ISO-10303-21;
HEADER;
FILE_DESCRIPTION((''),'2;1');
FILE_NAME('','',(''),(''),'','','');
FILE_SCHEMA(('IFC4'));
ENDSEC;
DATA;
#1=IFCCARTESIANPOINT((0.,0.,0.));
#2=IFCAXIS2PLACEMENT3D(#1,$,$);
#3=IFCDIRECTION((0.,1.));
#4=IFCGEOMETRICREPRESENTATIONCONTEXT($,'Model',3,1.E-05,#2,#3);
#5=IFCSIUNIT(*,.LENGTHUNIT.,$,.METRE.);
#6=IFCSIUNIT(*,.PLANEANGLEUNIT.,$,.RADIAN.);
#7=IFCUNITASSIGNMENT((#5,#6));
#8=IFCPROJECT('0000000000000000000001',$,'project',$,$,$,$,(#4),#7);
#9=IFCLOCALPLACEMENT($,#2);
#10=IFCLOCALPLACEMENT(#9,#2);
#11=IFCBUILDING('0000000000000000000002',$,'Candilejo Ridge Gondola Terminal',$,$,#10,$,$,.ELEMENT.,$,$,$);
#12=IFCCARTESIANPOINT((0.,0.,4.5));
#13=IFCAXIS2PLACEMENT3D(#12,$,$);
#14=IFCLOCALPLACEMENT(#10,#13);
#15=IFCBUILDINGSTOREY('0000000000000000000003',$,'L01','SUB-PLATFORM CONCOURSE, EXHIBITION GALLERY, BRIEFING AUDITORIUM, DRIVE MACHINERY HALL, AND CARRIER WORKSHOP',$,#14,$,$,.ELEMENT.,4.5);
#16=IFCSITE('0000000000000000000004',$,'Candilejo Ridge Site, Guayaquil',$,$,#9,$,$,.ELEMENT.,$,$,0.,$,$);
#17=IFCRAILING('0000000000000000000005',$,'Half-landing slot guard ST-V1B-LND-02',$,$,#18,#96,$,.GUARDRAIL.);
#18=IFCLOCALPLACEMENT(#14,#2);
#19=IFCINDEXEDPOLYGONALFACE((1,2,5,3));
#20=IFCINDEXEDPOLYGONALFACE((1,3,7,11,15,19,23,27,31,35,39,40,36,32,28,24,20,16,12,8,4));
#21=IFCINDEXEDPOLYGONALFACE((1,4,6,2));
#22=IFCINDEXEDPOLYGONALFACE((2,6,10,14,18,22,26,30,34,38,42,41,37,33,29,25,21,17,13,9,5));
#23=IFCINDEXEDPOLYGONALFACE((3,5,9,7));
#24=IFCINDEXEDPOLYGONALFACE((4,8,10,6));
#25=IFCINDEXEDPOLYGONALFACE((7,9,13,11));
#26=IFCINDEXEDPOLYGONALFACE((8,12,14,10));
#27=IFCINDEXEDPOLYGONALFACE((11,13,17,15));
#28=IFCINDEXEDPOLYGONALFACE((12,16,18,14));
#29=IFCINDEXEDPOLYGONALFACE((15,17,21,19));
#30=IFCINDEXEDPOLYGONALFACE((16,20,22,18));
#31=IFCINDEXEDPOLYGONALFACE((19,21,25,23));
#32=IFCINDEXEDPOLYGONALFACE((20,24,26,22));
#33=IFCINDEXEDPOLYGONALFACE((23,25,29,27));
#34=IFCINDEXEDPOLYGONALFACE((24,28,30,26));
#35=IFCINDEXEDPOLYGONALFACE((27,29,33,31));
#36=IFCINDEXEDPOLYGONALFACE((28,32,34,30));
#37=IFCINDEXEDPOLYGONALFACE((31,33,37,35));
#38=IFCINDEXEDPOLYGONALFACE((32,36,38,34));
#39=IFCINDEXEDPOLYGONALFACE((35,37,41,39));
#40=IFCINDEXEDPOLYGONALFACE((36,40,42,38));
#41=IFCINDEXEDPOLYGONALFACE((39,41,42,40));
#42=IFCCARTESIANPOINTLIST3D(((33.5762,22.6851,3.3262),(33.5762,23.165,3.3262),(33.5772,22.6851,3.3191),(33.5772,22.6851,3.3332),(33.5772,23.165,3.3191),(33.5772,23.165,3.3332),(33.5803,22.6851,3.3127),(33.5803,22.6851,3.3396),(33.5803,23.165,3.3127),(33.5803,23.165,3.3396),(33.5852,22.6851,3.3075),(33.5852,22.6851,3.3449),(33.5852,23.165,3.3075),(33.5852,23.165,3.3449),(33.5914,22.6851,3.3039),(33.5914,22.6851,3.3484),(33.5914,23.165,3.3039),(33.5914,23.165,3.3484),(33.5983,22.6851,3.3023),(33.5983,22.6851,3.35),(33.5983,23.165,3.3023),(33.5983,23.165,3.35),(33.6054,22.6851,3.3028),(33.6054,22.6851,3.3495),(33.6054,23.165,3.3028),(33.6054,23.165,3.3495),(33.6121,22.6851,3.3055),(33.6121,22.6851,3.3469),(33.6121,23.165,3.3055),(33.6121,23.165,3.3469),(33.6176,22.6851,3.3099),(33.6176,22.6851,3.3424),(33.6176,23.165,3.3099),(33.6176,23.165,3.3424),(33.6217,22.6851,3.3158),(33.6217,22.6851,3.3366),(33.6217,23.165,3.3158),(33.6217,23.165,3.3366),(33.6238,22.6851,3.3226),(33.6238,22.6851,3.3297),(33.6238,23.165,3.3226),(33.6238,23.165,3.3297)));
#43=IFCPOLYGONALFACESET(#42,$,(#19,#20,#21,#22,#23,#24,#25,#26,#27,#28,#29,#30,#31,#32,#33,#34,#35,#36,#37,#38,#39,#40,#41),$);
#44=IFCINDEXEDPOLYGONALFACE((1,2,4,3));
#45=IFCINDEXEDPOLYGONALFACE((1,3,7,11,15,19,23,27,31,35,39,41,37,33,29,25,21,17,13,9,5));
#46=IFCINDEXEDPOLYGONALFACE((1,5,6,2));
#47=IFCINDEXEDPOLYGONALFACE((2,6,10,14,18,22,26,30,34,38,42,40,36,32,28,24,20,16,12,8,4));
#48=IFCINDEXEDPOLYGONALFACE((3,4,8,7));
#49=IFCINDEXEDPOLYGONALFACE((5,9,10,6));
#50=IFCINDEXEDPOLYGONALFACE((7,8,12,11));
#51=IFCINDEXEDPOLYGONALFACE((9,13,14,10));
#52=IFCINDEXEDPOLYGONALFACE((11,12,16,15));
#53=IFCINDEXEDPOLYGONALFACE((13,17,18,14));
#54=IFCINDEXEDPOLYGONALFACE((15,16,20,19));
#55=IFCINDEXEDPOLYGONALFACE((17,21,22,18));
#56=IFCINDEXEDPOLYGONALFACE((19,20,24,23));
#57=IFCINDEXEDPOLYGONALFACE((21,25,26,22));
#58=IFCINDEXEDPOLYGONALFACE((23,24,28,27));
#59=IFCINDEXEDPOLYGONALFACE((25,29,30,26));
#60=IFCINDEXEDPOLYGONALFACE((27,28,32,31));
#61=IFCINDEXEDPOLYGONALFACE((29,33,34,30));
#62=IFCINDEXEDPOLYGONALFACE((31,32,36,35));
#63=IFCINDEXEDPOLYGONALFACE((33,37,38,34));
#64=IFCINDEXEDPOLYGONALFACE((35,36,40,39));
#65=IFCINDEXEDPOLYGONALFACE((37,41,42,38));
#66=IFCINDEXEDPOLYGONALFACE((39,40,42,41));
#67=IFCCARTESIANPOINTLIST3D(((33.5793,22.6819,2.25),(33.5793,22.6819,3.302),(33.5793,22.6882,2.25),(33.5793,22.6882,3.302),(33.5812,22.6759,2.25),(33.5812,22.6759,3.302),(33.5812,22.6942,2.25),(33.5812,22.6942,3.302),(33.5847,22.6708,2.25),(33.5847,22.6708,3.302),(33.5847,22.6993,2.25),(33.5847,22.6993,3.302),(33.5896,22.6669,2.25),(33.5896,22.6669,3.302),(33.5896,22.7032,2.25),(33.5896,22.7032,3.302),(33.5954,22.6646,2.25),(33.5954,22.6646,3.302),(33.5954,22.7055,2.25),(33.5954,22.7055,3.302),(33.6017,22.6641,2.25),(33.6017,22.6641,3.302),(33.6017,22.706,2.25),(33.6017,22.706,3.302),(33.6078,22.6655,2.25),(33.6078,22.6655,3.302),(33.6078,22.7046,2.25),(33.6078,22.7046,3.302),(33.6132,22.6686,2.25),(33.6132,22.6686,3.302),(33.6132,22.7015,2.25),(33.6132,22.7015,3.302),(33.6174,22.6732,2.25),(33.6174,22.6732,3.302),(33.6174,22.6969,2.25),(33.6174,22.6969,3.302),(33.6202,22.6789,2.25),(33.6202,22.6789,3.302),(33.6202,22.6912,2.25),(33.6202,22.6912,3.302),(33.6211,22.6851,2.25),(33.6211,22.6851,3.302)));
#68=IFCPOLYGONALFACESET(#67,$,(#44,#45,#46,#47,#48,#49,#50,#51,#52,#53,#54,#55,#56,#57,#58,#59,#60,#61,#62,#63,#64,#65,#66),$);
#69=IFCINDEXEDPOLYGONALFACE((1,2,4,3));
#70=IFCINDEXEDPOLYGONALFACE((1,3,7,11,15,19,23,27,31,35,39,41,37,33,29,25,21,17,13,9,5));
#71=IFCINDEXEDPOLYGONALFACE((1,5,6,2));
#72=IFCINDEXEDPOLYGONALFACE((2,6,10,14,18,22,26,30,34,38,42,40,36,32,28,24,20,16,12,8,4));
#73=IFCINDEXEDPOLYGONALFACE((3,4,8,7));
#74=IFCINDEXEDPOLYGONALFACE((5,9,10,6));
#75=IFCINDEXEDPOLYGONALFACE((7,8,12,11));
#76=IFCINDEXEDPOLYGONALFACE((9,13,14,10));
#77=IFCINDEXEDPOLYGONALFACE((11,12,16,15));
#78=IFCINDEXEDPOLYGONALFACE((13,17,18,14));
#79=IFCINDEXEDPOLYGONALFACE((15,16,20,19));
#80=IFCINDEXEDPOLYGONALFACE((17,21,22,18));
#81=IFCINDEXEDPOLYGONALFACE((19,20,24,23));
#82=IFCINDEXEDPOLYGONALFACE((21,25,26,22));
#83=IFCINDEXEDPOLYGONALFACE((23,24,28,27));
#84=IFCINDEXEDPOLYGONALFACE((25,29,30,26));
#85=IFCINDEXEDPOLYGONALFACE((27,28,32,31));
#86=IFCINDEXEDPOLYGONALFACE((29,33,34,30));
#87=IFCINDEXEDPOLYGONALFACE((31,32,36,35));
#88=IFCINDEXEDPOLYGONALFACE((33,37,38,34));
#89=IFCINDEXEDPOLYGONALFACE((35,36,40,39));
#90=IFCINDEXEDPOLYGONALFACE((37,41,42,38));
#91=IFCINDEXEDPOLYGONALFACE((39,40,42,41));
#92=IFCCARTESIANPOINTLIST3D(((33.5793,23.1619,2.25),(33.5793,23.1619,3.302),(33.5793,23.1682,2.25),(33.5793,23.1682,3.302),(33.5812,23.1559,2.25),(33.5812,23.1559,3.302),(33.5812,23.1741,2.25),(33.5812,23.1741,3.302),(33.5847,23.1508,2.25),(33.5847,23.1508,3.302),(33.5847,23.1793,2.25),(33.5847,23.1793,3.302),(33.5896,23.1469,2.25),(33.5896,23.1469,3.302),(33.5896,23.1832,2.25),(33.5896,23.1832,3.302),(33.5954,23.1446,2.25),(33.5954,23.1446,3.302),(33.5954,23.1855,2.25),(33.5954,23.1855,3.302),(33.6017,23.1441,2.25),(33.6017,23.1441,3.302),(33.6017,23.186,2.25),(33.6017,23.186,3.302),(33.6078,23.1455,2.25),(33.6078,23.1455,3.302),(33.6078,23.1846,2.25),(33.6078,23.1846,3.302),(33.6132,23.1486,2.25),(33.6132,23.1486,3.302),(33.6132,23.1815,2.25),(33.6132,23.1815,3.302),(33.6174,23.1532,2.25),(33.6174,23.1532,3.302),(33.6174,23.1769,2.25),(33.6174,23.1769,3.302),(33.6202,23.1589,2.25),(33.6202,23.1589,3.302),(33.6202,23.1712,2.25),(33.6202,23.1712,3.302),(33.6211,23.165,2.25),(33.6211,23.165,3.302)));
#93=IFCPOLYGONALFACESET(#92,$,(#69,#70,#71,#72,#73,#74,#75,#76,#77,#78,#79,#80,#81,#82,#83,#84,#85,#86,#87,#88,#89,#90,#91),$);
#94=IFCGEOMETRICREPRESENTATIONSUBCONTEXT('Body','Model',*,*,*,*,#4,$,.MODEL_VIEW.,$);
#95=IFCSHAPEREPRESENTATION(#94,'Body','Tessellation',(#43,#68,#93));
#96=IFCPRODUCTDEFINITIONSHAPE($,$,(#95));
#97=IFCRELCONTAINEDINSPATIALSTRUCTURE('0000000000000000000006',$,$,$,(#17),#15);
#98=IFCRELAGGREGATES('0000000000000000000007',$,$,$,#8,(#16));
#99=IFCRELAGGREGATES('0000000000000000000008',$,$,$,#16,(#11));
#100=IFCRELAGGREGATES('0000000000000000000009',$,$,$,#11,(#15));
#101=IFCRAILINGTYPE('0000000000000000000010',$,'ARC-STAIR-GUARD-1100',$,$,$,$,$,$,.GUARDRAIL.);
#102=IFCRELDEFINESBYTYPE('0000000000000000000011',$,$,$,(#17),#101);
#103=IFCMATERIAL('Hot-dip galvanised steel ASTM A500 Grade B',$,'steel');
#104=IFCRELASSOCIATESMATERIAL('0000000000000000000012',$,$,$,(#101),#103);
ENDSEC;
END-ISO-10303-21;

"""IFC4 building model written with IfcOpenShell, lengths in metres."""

from ifc_helpers import new_model, si_unit, direction, frame, origin, origin_2d, place, context, subcontext, project, spatial, circle, extrude, material, type_object, element, save


model = new_model("IFC4")

# Units and contexts
model_context = context("Model", 3, precision=1e-05, world=origin(), true_north=direction((0.0, 1.0)))
body_context = subcontext(model_context, "Body", "Model", "MODEL_VIEW")
ifc_project = project(units=[si_unit("LENGTHUNIT", "METRE"), si_unit("PLANEANGLEUNIT", "RADIAN")], contexts=[model_context])

# Site, building, storey
site_placement = place(None, origin())
site = spatial("IfcSite", under=ifc_project, at=site_placement, Name="Candilejo Ridge Site, Guayaquil", CompositionType="ELEMENT", RefElevation=0.0)
building_placement = place(site_placement, origin())
building = spatial("IfcBuilding", under=site, at=building_placement, Name="Candilejo Ridge Gondola Terminal", CompositionType="ELEMENT")
storey_placement = place(building_placement, frame((0.0, 0.0, 4.5)))
storey = spatial("IfcBuildingStorey", under=building, at=storey_placement, Name="L01", Description="SUB-PLATFORM CONCOURSE, EXHIBITION GALLERY, BRIEFING AUDITORIUM, DRIVE MACHINERY HALL, AND CARRIER WORKSHOP", CompositionType="ELEMENT", Elevation=4.5)

# Railing
ifc_material_1 = material(Name="Hot-dip galvanised steel ASTM A500 Grade B", Category="steel")
railing_type_1 = type_object("IfcRailingType", Name="ARC-STAIR-GUARD-1100", PredefinedType="GUARDRAIL", material=ifc_material_1)
railing_1_placement = place(storey_placement, frame((33.6001, 22.6851, 2.25)))
element("IfcRailing", 1, at=railing_1_placement, inside=storey, type_object=railing_type_1, Name="Half-landing slot guard ST-V1B-LND-02", PredefinedType="GUARDRAIL", context=body_context, shape_type="SweptSolid", body=[
    extrude(circle(Radius=0.0239, at=origin_2d()), frame((0.0, 0.0, 1.0762), z_axis=(0.0, 1.0, 0.0), x_axis=(-1.0, 0.0, 0.0)), (0.0, 0.0, 1.0), 0.48),
    extrude(circle(Radius=0.021, at=origin_2d()), origin(), (0.0, 0.0, 1.0), 1.052),
    extrude(circle(Radius=0.021, at=origin_2d()), frame((0.0, 0.48, 0.0)), (0.0, 0.0, 1.0), 1.052),
])

save(model, "model.ifc")
